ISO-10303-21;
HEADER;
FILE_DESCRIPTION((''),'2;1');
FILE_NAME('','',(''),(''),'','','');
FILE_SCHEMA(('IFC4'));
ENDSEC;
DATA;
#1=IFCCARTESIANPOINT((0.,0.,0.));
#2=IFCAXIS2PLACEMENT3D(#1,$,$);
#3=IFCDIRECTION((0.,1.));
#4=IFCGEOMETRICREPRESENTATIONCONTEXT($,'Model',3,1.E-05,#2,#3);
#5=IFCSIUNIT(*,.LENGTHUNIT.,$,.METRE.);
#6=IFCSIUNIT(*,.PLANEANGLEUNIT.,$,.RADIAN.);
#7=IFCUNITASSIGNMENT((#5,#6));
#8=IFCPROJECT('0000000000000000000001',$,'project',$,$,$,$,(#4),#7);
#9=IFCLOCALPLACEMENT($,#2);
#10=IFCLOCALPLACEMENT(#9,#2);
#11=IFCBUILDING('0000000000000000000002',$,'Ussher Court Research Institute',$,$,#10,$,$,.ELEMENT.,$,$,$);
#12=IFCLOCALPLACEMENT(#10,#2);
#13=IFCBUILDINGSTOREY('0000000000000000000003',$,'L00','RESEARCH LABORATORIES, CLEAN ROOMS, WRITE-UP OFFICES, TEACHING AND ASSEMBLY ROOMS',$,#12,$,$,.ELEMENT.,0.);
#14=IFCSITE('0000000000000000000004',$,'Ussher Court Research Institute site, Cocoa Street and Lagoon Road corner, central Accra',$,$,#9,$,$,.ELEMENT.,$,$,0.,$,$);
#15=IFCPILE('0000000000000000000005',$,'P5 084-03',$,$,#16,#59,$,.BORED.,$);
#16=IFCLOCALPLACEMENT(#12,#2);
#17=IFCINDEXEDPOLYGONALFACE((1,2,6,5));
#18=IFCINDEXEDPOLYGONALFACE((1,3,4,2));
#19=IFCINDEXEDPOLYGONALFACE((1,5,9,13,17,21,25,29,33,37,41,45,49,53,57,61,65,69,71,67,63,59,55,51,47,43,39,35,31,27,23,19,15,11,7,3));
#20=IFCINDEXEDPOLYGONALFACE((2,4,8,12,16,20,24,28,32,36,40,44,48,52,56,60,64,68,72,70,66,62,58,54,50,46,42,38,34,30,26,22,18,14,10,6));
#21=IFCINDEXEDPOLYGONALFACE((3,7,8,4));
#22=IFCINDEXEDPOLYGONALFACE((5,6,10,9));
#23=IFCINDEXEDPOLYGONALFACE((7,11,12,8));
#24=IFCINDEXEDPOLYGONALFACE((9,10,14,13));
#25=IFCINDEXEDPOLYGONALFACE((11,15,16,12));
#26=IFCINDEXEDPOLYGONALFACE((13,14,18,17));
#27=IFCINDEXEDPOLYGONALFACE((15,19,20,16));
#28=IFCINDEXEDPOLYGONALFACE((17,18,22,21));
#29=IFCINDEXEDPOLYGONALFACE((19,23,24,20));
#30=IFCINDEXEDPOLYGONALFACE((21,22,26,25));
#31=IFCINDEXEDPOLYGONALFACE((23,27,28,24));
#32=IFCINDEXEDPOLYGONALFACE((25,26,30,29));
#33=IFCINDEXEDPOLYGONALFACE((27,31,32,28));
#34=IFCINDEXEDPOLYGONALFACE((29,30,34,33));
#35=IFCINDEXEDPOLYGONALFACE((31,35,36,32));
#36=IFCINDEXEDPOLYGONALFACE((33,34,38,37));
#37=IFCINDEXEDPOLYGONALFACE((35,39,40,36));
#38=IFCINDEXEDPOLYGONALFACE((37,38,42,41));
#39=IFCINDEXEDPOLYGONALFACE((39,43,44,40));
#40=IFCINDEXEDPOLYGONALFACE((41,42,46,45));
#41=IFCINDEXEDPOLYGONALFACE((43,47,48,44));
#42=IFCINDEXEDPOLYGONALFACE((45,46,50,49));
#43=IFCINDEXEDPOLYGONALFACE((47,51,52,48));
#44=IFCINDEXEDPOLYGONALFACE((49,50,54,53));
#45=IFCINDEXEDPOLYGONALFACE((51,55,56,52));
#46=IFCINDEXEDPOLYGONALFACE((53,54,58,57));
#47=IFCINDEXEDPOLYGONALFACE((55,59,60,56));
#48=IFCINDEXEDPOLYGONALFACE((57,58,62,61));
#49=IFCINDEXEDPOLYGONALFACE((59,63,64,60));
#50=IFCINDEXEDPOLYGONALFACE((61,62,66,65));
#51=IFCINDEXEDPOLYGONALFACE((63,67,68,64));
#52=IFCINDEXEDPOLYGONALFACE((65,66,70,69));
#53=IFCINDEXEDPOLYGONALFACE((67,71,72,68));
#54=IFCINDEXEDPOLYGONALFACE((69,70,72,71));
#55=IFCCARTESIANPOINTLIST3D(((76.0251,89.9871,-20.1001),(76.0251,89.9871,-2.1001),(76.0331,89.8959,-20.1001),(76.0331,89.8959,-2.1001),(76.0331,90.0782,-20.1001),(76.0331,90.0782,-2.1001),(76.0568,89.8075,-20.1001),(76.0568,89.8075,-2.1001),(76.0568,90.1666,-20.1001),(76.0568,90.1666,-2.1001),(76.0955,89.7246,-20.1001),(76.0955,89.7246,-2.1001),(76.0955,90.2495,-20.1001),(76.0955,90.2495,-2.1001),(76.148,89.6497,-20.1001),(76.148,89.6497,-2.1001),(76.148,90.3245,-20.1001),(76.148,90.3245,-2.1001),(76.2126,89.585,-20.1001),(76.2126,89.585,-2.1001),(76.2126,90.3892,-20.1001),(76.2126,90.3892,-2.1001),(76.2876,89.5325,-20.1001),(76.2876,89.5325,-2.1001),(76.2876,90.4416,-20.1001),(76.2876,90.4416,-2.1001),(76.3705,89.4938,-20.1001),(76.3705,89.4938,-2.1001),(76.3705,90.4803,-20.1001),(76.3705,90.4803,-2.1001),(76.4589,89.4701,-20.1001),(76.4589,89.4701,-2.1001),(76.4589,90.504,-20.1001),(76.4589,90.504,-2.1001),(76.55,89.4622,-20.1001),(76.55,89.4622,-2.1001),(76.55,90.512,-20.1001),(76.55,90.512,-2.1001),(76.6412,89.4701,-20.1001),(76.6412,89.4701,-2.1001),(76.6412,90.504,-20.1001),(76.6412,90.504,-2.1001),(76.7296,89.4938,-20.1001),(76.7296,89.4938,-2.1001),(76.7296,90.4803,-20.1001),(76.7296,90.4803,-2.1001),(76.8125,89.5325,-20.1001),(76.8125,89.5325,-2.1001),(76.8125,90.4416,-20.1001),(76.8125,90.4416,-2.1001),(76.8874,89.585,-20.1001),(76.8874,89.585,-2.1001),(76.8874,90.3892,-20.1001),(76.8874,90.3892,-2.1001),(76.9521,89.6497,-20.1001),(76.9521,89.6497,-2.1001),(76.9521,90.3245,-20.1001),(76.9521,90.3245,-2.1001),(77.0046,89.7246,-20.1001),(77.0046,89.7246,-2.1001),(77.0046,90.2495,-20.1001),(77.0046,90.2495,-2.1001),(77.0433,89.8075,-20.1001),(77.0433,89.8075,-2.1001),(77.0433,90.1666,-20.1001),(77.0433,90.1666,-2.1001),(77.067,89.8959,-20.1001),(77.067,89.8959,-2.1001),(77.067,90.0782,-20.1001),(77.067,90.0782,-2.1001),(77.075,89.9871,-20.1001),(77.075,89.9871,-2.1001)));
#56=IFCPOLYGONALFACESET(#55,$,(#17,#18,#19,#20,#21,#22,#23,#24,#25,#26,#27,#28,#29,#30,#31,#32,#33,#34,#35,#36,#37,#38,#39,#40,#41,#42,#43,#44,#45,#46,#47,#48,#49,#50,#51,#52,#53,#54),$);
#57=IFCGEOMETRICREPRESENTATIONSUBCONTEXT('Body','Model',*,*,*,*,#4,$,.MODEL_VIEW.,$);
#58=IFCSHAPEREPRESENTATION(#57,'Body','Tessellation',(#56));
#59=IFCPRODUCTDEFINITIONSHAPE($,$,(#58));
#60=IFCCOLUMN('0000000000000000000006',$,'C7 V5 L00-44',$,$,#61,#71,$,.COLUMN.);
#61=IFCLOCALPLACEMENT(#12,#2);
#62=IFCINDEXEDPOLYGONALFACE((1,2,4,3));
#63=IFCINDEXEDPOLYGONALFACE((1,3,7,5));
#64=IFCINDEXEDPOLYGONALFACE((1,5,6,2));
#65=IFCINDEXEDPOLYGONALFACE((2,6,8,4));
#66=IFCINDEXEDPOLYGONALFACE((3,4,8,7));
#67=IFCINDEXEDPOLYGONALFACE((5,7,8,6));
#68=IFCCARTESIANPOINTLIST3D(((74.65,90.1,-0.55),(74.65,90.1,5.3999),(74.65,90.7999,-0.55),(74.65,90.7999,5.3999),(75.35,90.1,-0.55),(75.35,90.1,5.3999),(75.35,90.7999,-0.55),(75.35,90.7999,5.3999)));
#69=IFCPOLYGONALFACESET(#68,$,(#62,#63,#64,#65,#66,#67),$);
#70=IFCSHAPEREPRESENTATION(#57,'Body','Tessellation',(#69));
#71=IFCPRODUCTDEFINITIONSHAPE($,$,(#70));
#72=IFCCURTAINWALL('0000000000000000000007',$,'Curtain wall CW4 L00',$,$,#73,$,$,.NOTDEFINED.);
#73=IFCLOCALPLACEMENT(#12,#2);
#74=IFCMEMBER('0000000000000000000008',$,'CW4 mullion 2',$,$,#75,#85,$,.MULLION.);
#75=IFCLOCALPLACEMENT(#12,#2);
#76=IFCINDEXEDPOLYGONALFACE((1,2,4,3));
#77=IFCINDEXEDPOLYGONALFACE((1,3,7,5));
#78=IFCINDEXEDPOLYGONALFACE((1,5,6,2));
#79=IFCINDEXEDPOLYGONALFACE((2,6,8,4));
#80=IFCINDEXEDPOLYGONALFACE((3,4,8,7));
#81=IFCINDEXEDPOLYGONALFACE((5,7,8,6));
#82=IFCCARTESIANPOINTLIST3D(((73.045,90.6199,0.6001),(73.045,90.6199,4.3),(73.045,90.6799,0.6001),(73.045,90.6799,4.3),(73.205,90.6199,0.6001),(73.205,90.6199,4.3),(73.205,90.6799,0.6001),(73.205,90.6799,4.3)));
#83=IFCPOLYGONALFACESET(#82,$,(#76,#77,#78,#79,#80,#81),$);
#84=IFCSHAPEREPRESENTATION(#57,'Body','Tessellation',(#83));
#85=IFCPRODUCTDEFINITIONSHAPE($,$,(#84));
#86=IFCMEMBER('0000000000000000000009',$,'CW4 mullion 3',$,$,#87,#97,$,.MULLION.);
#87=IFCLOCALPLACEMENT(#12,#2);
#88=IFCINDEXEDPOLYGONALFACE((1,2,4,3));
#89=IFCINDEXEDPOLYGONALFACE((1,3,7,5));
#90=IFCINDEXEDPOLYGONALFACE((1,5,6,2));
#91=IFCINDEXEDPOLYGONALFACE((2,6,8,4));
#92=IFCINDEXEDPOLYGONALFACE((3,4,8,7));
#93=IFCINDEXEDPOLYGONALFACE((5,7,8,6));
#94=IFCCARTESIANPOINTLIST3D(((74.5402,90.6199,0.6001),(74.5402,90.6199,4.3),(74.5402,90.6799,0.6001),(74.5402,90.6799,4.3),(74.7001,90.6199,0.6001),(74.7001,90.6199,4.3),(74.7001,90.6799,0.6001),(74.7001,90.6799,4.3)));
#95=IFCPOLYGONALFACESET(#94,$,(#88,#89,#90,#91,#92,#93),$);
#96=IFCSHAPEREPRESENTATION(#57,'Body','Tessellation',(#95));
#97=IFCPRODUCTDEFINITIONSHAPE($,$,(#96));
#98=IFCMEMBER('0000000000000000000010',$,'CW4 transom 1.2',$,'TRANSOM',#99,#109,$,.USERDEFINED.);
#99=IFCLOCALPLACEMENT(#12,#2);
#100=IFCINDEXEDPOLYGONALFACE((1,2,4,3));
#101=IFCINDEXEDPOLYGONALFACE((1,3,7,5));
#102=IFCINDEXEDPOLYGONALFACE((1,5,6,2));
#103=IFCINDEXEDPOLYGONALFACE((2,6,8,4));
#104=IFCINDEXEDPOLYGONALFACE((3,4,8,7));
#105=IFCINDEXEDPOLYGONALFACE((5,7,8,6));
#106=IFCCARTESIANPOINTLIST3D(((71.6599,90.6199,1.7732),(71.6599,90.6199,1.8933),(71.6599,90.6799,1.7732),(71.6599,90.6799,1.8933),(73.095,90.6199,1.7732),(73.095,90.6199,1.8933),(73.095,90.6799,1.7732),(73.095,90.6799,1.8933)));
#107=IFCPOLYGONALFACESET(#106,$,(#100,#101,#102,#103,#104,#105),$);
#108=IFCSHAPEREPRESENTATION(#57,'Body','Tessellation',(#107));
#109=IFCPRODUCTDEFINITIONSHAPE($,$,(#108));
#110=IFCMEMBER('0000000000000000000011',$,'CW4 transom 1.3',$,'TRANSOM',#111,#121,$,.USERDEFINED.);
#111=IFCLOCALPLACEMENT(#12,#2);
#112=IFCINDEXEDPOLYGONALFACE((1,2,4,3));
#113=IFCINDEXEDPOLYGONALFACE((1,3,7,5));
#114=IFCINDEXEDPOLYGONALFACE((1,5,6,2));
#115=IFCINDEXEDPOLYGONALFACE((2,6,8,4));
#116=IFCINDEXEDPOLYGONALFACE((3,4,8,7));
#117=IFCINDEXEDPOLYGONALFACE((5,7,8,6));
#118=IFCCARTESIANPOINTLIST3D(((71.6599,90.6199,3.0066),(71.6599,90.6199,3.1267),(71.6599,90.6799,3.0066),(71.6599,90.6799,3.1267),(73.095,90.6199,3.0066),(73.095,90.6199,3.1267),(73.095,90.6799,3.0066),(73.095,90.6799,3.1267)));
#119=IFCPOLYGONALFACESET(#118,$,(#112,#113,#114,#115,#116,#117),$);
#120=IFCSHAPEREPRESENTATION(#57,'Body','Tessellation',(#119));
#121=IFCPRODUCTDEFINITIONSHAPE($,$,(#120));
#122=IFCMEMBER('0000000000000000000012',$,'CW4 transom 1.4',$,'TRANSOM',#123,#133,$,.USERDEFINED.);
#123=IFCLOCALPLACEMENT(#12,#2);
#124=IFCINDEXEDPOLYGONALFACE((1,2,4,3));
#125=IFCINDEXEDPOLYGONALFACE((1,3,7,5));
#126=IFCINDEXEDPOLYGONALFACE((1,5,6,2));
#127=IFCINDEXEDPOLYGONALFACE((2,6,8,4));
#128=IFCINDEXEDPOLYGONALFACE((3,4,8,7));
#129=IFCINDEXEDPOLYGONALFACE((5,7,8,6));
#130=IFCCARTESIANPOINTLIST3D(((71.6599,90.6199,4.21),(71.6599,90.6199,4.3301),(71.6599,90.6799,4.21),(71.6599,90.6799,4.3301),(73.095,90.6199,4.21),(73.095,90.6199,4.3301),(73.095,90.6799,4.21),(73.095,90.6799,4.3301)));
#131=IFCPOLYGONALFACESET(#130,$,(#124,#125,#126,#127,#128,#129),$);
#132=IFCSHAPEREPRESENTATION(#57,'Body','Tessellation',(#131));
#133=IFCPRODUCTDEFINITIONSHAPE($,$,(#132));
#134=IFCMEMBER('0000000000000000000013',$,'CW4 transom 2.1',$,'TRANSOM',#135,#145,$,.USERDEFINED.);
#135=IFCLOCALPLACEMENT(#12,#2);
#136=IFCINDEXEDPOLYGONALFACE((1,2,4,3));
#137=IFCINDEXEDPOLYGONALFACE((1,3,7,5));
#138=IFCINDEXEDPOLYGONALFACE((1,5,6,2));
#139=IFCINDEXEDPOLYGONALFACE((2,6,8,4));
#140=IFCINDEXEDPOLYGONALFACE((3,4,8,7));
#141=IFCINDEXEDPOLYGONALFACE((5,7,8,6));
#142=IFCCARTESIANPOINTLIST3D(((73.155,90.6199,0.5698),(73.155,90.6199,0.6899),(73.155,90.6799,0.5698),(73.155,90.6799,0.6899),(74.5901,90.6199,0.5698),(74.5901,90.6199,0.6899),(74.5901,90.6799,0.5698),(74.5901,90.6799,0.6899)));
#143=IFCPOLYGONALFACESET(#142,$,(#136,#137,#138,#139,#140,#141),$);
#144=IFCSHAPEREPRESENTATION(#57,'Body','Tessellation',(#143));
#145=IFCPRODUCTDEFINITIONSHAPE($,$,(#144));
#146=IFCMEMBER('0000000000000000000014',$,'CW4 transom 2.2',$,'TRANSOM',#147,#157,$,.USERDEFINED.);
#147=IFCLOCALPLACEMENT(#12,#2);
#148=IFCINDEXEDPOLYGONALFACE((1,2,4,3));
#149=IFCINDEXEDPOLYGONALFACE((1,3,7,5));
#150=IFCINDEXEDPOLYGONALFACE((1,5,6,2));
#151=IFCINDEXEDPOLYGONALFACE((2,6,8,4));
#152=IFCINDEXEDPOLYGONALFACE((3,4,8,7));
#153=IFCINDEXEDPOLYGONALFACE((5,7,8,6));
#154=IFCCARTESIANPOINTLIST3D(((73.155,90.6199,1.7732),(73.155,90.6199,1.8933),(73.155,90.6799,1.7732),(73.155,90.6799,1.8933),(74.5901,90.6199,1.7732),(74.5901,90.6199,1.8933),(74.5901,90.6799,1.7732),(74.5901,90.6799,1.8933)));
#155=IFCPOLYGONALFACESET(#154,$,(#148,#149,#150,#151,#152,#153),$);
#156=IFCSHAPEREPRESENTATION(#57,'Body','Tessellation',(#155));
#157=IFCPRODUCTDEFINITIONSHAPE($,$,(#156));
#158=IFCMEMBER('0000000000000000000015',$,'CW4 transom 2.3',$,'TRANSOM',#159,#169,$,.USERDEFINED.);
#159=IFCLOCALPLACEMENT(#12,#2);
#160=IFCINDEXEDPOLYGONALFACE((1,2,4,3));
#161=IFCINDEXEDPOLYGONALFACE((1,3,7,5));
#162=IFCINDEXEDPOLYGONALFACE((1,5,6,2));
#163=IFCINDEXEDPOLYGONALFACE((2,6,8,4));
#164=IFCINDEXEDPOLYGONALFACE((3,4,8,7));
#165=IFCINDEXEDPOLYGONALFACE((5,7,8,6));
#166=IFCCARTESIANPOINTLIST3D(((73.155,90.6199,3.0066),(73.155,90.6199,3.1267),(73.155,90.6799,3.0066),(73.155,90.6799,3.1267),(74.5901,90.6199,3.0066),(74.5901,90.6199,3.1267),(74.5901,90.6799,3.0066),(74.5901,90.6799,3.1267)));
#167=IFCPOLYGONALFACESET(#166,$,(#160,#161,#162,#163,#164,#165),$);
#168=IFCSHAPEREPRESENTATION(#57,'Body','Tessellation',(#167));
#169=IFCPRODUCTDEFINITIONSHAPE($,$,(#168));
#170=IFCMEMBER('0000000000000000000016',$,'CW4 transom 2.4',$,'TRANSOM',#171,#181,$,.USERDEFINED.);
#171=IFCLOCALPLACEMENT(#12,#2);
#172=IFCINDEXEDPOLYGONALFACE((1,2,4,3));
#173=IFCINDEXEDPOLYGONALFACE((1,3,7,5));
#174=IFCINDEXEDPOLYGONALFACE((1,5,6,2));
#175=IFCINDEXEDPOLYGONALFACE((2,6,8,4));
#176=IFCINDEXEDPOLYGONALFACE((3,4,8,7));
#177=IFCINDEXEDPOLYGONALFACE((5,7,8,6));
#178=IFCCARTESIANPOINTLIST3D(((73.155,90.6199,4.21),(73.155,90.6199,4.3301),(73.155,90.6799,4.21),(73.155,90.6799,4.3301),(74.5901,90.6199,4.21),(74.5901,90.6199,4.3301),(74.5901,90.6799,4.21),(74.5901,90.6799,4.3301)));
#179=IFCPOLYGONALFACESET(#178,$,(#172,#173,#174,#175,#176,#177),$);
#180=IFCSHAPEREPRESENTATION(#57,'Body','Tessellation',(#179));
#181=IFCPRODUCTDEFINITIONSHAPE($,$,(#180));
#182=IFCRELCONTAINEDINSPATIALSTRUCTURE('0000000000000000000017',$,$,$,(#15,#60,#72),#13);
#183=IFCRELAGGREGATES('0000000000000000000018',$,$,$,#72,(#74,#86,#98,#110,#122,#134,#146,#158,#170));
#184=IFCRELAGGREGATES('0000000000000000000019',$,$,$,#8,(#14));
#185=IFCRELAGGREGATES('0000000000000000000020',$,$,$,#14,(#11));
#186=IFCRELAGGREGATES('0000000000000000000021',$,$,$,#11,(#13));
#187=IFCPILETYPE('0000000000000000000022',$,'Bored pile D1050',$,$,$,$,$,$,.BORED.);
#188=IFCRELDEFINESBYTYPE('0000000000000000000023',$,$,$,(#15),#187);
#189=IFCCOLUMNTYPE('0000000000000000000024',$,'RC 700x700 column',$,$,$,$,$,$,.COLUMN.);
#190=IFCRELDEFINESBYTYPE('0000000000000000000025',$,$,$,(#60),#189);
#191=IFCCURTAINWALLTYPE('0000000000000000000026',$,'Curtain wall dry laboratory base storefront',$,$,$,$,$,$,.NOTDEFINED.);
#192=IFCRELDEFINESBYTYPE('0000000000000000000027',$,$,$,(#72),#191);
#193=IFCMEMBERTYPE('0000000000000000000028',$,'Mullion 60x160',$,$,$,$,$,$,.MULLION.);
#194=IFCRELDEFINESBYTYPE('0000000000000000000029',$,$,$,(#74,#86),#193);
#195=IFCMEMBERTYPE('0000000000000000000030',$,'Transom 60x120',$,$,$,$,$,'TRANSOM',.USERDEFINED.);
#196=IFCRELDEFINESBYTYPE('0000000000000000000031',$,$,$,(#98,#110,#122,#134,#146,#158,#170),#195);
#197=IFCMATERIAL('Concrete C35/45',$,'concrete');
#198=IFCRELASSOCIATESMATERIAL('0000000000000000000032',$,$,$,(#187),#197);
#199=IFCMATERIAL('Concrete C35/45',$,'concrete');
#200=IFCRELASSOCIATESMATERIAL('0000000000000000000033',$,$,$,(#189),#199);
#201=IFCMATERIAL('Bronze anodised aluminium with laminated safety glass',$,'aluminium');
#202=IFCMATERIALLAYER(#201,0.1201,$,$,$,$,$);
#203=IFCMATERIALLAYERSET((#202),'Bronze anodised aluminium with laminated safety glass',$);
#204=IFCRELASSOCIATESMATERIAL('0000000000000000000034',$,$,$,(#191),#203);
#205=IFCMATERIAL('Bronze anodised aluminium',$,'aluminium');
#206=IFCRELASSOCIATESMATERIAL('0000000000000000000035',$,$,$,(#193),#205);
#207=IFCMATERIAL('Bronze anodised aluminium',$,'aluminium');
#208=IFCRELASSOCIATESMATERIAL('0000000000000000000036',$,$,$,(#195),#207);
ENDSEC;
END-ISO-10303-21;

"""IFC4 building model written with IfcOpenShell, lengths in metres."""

from ifc_helpers import new_model, si_unit, direction, frame, origin, origin_2d, place, context, subcontext, project, spatial, rectangle, circle, extrude, material, layer, layer_set, material_profile, profile_set, type_object, element, aggregate, save


model = new_model("IFC4")

# Units and contexts
model_context = context("Model", 3, precision=1e-05, world=origin(), true_north=direction((0.0, 1.0)))
body_context = subcontext(model_context, "Body", "Model", "MODEL_VIEW")
ifc_project = project(units=[si_unit("LENGTHUNIT", "METRE"), si_unit("PLANEANGLEUNIT", "RADIAN")], contexts=[model_context])

# Site, building, storey
site_placement = place(None, origin())
site = spatial("IfcSite", under=ifc_project, at=site_placement, Name="Ussher Court Research Institute site, Cocoa Street and Lagoon Road corner, central Accra", CompositionType="ELEMENT", RefElevation=0.0)
building_placement = place(site_placement, origin())
building = spatial("IfcBuilding", under=site, at=building_placement, Name="Ussher Court Research Institute", CompositionType="ELEMENT")
storey_placement = place(building_placement, origin())
storey = spatial("IfcBuildingStorey", under=building, at=storey_placement, Name="L00", Description="RESEARCH LABORATORIES, CLEAN ROOMS, WRITE-UP OFFICES, TEACHING AND ASSEMBLY ROOMS", CompositionType="ELEMENT", Elevation=0.0)

# Pile
ifc_material_1 = material(Name="Concrete C35/45", Category="concrete")
ifc_material_profile_1 = material_profile(ifc_material_1, circle(Radius=0.5249, at=origin_2d()), Name="RC D1050")
ifc_profile_set_1 = profile_set([ifc_material_profile_1], Name="Concrete C35/45")
pile_type = type_object("IfcPileType", Name="Bored pile D1050", PredefinedType="BORED", material=ifc_profile_set_1)
pile_placement = place(storey_placement, frame((76.55, 89.9871, -2.1001), z_axis=(0.0, 0.0, -1.0), x_axis=(1.0, 0.0, 0.0)))
element("IfcPile", 1, at=pile_placement, inside=storey, type_object=pile_type, Name="P5 084-03", PredefinedType="BORED", context=body_context, shape_type="SweptSolid", body=[
    extrude(circle(Radius=0.5249, at=origin_2d()), origin(), (0.0, 0.0, 1.0), 18.0),
])

# Column
ifc_material_2 = material(Name="Concrete C35/45", Category="concrete")
ifc_material_profile_2 = material_profile(ifc_material_2, rectangle(XDim=0.7, YDim=0.7, at=origin_2d()), Name="RC 700x700")
ifc_profile_set_2 = profile_set([ifc_material_profile_2], Name="Concrete C35/45")
column_type = type_object("IfcColumnType", Name="RC 700x700 column", PredefinedType="COLUMN", material=ifc_profile_set_2)
column_placement = place(storey_placement, frame((75.0, 90.45, -0.55), z_axis=(0.0, 0.0, 1.0), x_axis=(1.0, 0.0, 0.0)))
element("IfcColumn", 2, at=column_placement, inside=storey, type_object=column_type, Name="C7 V5 L00-44", PredefinedType="COLUMN", context=body_context, shape_type="SweptSolid", body=[
    extrude(rectangle(XDim=0.7, YDim=0.7, at=origin_2d()), origin(), (0.0, 0.0, 1.0), 5.95),
])

# Curtain wall, members
ifc_material_3 = material(Name="Bronze anodised aluminium with laminated safety glass", Category="aluminium")
ifc_layer_1 = layer(ifc_material_3, 0.1201)
ifc_layer_set_1 = layer_set([ifc_layer_1], Name="Bronze anodised aluminium with laminated safety glass")
curtain_wall_type = type_object("IfcCurtainWallType", Name="Curtain wall dry laboratory base storefront", PredefinedType="NOTDEFINED", material=ifc_layer_set_1)
curtain_wall_placement = place(storey_placement, origin())
curtain_wall = element("IfcCurtainWall", 3, at=curtain_wall_placement, inside=storey, type_object=curtain_wall_type, Name="Curtain wall CW4 L00", PredefinedType="NOTDEFINED")
ifc_material_4 = material(Name="Bronze anodised aluminium", Category="aluminium")
ifc_material_profile_3 = material_profile(ifc_material_4, rectangle(XDim=0.0601, YDim=0.1599, at=origin_2d()), Name="Mullion 60x160")
ifc_profile_set_3 = profile_set([ifc_material_profile_3], Name="Bronze anodised aluminium")
member_type_1 = type_object("IfcMemberType", Name="Mullion 60x160", PredefinedType="MULLION", material=ifc_profile_set_3)
member_1_placement = place(storey_placement, frame((73.125, 90.6499, 0.6001), z_axis=(0.0, 0.0, 1.0), x_axis=(0.0, 1.0, 0.0)))
member_1 = element("IfcMember", 4, at=member_1_placement, type_object=member_type_1, Name="CW4 mullion 2", PredefinedType="MULLION", context=body_context, shape_type="SweptSolid", body=[
    extrude(rectangle(XDim=0.0601, YDim=0.1599, at=origin_2d()), origin(), (0.0, 0.0, 1.0), 3.7),
])
member_2_placement = place(storey_placement, frame((74.6201, 90.6499, 0.6001), z_axis=(0.0, 0.0, 1.0), x_axis=(0.0, 1.0, 0.0)))
member_2 = element("IfcMember", 5, at=member_2_placement, type_object=member_type_1, Name="CW4 mullion 3", PredefinedType="MULLION", context=body_context, shape_type="SweptSolid", body=[
    extrude(rectangle(XDim=0.0601, YDim=0.1599, at=origin_2d()), origin(), (0.0, 0.0, 1.0), 3.7),
])
ifc_material_5 = material(Name="Bronze anodised aluminium", Category="aluminium")
ifc_material_profile_4 = material_profile(ifc_material_5, rectangle(XDim=0.0601, YDim=0.1201, at=origin_2d()), Name="Transom 60x120")
ifc_profile_set_4 = profile_set([ifc_material_profile_4], Name="Bronze anodised aluminium")
member_type_2 = type_object("IfcMemberType", Name="Transom 60x120", ElementType="TRANSOM", PredefinedType="USERDEFINED", material=ifc_profile_set_4)
member_3_placement = place(storey_placement, frame((71.6599, 90.6499, 1.8333), z_axis=(1.0, 0.0, 0.0), x_axis=(0.0, 1.0, 0.0)))
member_3 = element("IfcMember", 6, at=member_3_placement, type_object=member_type_2, Name="CW4 transom 1.2", ObjectType="TRANSOM", PredefinedType="USERDEFINED", context=body_context, shape_type="SweptSolid", body=[
    extrude(rectangle(XDim=0.0601, YDim=0.1201, at=origin_2d()), origin(), (0.0, 0.0, 1.0), 1.4351),
])
member_4_placement = place(storey_placement, frame((71.6599, 90.6499, 3.0667), z_axis=(1.0, 0.0, 0.0), x_axis=(0.0, 1.0, 0.0)))
member_4 = element("IfcMember", 7, at=member_4_placement, type_object=member_type_2, Name="CW4 transom 1.3", ObjectType="TRANSOM", PredefinedType="USERDEFINED", context=body_context, shape_type="SweptSolid", body=[
    extrude(rectangle(XDim=0.0601, YDim=0.1201, at=origin_2d()), origin(), (0.0, 0.0, 1.0), 1.4351),
])
member_5_placement = place(storey_placement, frame((71.6599, 90.6499, 4.27), z_axis=(1.0, 0.0, 0.0), x_axis=(0.0, 1.0, 0.0)))
member_5 = element("IfcMember", 8, at=member_5_placement, type_object=member_type_2, Name="CW4 transom 1.4", ObjectType="TRANSOM", PredefinedType="USERDEFINED", context=body_context, shape_type="SweptSolid", body=[
    extrude(rectangle(XDim=0.0601, YDim=0.1201, at=origin_2d()), origin(), (0.0, 0.0, 1.0), 1.4351),
])
member_6_placement = place(storey_placement, frame((73.155, 90.6499, 0.6299), z_axis=(1.0, 0.0, 0.0), x_axis=(0.0, 1.0, 0.0)))
member_6 = element("IfcMember", 9, at=member_6_placement, type_object=member_type_2, Name="CW4 transom 2.1", ObjectType="TRANSOM", PredefinedType="USERDEFINED", context=body_context, shape_type="SweptSolid", body=[
    extrude(rectangle(XDim=0.0601, YDim=0.1201, at=origin_2d()), origin(), (0.0, 0.0, 1.0), 1.4351),
])
member_7_placement = place(storey_placement, frame((73.155, 90.6499, 1.8333), z_axis=(1.0, 0.0, 0.0), x_axis=(0.0, 1.0, 0.0)))
member_7 = element("IfcMember", 10, at=member_7_placement, type_object=member_type_2, Name="CW4 transom 2.2", ObjectType="TRANSOM", PredefinedType="USERDEFINED", context=body_context, shape_type="SweptSolid", body=[
    extrude(rectangle(XDim=0.0601, YDim=0.1201, at=origin_2d()), origin(), (0.0, 0.0, 1.0), 1.4351),
])
member_8_placement = place(storey_placement, frame((73.155, 90.6499, 3.0667), z_axis=(1.0, 0.0, 0.0), x_axis=(0.0, 1.0, 0.0)))
member_8 = element("IfcMember", 11, at=member_8_placement, type_object=member_type_2, Name="CW4 transom 2.3", ObjectType="TRANSOM", PredefinedType="USERDEFINED", context=body_context, shape_type="SweptSolid", body=[
    extrude(rectangle(XDim=0.0601, YDim=0.1201, at=origin_2d()), origin(), (0.0, 0.0, 1.0), 1.4351),
])
member_9_placement = place(storey_placement, frame((73.155, 90.6499, 4.27), z_axis=(1.0, 0.0, 0.0), x_axis=(0.0, 1.0, 0.0)))
member_9 = element("IfcMember", 12, at=member_9_placement, type_object=member_type_2, Name="CW4 transom 2.4", ObjectType="TRANSOM", PredefinedType="USERDEFINED", context=body_context, shape_type="SweptSolid", body=[
    extrude(rectangle(XDim=0.0601, YDim=0.1201, at=origin_2d()), origin(), (0.0, 0.0, 1.0), 1.4351),
])
aggregate(curtain_wall, [member_1, member_2, member_3, member_4, member_5, member_6, member_7, member_8, member_9])

save(model, "model.ifc")
